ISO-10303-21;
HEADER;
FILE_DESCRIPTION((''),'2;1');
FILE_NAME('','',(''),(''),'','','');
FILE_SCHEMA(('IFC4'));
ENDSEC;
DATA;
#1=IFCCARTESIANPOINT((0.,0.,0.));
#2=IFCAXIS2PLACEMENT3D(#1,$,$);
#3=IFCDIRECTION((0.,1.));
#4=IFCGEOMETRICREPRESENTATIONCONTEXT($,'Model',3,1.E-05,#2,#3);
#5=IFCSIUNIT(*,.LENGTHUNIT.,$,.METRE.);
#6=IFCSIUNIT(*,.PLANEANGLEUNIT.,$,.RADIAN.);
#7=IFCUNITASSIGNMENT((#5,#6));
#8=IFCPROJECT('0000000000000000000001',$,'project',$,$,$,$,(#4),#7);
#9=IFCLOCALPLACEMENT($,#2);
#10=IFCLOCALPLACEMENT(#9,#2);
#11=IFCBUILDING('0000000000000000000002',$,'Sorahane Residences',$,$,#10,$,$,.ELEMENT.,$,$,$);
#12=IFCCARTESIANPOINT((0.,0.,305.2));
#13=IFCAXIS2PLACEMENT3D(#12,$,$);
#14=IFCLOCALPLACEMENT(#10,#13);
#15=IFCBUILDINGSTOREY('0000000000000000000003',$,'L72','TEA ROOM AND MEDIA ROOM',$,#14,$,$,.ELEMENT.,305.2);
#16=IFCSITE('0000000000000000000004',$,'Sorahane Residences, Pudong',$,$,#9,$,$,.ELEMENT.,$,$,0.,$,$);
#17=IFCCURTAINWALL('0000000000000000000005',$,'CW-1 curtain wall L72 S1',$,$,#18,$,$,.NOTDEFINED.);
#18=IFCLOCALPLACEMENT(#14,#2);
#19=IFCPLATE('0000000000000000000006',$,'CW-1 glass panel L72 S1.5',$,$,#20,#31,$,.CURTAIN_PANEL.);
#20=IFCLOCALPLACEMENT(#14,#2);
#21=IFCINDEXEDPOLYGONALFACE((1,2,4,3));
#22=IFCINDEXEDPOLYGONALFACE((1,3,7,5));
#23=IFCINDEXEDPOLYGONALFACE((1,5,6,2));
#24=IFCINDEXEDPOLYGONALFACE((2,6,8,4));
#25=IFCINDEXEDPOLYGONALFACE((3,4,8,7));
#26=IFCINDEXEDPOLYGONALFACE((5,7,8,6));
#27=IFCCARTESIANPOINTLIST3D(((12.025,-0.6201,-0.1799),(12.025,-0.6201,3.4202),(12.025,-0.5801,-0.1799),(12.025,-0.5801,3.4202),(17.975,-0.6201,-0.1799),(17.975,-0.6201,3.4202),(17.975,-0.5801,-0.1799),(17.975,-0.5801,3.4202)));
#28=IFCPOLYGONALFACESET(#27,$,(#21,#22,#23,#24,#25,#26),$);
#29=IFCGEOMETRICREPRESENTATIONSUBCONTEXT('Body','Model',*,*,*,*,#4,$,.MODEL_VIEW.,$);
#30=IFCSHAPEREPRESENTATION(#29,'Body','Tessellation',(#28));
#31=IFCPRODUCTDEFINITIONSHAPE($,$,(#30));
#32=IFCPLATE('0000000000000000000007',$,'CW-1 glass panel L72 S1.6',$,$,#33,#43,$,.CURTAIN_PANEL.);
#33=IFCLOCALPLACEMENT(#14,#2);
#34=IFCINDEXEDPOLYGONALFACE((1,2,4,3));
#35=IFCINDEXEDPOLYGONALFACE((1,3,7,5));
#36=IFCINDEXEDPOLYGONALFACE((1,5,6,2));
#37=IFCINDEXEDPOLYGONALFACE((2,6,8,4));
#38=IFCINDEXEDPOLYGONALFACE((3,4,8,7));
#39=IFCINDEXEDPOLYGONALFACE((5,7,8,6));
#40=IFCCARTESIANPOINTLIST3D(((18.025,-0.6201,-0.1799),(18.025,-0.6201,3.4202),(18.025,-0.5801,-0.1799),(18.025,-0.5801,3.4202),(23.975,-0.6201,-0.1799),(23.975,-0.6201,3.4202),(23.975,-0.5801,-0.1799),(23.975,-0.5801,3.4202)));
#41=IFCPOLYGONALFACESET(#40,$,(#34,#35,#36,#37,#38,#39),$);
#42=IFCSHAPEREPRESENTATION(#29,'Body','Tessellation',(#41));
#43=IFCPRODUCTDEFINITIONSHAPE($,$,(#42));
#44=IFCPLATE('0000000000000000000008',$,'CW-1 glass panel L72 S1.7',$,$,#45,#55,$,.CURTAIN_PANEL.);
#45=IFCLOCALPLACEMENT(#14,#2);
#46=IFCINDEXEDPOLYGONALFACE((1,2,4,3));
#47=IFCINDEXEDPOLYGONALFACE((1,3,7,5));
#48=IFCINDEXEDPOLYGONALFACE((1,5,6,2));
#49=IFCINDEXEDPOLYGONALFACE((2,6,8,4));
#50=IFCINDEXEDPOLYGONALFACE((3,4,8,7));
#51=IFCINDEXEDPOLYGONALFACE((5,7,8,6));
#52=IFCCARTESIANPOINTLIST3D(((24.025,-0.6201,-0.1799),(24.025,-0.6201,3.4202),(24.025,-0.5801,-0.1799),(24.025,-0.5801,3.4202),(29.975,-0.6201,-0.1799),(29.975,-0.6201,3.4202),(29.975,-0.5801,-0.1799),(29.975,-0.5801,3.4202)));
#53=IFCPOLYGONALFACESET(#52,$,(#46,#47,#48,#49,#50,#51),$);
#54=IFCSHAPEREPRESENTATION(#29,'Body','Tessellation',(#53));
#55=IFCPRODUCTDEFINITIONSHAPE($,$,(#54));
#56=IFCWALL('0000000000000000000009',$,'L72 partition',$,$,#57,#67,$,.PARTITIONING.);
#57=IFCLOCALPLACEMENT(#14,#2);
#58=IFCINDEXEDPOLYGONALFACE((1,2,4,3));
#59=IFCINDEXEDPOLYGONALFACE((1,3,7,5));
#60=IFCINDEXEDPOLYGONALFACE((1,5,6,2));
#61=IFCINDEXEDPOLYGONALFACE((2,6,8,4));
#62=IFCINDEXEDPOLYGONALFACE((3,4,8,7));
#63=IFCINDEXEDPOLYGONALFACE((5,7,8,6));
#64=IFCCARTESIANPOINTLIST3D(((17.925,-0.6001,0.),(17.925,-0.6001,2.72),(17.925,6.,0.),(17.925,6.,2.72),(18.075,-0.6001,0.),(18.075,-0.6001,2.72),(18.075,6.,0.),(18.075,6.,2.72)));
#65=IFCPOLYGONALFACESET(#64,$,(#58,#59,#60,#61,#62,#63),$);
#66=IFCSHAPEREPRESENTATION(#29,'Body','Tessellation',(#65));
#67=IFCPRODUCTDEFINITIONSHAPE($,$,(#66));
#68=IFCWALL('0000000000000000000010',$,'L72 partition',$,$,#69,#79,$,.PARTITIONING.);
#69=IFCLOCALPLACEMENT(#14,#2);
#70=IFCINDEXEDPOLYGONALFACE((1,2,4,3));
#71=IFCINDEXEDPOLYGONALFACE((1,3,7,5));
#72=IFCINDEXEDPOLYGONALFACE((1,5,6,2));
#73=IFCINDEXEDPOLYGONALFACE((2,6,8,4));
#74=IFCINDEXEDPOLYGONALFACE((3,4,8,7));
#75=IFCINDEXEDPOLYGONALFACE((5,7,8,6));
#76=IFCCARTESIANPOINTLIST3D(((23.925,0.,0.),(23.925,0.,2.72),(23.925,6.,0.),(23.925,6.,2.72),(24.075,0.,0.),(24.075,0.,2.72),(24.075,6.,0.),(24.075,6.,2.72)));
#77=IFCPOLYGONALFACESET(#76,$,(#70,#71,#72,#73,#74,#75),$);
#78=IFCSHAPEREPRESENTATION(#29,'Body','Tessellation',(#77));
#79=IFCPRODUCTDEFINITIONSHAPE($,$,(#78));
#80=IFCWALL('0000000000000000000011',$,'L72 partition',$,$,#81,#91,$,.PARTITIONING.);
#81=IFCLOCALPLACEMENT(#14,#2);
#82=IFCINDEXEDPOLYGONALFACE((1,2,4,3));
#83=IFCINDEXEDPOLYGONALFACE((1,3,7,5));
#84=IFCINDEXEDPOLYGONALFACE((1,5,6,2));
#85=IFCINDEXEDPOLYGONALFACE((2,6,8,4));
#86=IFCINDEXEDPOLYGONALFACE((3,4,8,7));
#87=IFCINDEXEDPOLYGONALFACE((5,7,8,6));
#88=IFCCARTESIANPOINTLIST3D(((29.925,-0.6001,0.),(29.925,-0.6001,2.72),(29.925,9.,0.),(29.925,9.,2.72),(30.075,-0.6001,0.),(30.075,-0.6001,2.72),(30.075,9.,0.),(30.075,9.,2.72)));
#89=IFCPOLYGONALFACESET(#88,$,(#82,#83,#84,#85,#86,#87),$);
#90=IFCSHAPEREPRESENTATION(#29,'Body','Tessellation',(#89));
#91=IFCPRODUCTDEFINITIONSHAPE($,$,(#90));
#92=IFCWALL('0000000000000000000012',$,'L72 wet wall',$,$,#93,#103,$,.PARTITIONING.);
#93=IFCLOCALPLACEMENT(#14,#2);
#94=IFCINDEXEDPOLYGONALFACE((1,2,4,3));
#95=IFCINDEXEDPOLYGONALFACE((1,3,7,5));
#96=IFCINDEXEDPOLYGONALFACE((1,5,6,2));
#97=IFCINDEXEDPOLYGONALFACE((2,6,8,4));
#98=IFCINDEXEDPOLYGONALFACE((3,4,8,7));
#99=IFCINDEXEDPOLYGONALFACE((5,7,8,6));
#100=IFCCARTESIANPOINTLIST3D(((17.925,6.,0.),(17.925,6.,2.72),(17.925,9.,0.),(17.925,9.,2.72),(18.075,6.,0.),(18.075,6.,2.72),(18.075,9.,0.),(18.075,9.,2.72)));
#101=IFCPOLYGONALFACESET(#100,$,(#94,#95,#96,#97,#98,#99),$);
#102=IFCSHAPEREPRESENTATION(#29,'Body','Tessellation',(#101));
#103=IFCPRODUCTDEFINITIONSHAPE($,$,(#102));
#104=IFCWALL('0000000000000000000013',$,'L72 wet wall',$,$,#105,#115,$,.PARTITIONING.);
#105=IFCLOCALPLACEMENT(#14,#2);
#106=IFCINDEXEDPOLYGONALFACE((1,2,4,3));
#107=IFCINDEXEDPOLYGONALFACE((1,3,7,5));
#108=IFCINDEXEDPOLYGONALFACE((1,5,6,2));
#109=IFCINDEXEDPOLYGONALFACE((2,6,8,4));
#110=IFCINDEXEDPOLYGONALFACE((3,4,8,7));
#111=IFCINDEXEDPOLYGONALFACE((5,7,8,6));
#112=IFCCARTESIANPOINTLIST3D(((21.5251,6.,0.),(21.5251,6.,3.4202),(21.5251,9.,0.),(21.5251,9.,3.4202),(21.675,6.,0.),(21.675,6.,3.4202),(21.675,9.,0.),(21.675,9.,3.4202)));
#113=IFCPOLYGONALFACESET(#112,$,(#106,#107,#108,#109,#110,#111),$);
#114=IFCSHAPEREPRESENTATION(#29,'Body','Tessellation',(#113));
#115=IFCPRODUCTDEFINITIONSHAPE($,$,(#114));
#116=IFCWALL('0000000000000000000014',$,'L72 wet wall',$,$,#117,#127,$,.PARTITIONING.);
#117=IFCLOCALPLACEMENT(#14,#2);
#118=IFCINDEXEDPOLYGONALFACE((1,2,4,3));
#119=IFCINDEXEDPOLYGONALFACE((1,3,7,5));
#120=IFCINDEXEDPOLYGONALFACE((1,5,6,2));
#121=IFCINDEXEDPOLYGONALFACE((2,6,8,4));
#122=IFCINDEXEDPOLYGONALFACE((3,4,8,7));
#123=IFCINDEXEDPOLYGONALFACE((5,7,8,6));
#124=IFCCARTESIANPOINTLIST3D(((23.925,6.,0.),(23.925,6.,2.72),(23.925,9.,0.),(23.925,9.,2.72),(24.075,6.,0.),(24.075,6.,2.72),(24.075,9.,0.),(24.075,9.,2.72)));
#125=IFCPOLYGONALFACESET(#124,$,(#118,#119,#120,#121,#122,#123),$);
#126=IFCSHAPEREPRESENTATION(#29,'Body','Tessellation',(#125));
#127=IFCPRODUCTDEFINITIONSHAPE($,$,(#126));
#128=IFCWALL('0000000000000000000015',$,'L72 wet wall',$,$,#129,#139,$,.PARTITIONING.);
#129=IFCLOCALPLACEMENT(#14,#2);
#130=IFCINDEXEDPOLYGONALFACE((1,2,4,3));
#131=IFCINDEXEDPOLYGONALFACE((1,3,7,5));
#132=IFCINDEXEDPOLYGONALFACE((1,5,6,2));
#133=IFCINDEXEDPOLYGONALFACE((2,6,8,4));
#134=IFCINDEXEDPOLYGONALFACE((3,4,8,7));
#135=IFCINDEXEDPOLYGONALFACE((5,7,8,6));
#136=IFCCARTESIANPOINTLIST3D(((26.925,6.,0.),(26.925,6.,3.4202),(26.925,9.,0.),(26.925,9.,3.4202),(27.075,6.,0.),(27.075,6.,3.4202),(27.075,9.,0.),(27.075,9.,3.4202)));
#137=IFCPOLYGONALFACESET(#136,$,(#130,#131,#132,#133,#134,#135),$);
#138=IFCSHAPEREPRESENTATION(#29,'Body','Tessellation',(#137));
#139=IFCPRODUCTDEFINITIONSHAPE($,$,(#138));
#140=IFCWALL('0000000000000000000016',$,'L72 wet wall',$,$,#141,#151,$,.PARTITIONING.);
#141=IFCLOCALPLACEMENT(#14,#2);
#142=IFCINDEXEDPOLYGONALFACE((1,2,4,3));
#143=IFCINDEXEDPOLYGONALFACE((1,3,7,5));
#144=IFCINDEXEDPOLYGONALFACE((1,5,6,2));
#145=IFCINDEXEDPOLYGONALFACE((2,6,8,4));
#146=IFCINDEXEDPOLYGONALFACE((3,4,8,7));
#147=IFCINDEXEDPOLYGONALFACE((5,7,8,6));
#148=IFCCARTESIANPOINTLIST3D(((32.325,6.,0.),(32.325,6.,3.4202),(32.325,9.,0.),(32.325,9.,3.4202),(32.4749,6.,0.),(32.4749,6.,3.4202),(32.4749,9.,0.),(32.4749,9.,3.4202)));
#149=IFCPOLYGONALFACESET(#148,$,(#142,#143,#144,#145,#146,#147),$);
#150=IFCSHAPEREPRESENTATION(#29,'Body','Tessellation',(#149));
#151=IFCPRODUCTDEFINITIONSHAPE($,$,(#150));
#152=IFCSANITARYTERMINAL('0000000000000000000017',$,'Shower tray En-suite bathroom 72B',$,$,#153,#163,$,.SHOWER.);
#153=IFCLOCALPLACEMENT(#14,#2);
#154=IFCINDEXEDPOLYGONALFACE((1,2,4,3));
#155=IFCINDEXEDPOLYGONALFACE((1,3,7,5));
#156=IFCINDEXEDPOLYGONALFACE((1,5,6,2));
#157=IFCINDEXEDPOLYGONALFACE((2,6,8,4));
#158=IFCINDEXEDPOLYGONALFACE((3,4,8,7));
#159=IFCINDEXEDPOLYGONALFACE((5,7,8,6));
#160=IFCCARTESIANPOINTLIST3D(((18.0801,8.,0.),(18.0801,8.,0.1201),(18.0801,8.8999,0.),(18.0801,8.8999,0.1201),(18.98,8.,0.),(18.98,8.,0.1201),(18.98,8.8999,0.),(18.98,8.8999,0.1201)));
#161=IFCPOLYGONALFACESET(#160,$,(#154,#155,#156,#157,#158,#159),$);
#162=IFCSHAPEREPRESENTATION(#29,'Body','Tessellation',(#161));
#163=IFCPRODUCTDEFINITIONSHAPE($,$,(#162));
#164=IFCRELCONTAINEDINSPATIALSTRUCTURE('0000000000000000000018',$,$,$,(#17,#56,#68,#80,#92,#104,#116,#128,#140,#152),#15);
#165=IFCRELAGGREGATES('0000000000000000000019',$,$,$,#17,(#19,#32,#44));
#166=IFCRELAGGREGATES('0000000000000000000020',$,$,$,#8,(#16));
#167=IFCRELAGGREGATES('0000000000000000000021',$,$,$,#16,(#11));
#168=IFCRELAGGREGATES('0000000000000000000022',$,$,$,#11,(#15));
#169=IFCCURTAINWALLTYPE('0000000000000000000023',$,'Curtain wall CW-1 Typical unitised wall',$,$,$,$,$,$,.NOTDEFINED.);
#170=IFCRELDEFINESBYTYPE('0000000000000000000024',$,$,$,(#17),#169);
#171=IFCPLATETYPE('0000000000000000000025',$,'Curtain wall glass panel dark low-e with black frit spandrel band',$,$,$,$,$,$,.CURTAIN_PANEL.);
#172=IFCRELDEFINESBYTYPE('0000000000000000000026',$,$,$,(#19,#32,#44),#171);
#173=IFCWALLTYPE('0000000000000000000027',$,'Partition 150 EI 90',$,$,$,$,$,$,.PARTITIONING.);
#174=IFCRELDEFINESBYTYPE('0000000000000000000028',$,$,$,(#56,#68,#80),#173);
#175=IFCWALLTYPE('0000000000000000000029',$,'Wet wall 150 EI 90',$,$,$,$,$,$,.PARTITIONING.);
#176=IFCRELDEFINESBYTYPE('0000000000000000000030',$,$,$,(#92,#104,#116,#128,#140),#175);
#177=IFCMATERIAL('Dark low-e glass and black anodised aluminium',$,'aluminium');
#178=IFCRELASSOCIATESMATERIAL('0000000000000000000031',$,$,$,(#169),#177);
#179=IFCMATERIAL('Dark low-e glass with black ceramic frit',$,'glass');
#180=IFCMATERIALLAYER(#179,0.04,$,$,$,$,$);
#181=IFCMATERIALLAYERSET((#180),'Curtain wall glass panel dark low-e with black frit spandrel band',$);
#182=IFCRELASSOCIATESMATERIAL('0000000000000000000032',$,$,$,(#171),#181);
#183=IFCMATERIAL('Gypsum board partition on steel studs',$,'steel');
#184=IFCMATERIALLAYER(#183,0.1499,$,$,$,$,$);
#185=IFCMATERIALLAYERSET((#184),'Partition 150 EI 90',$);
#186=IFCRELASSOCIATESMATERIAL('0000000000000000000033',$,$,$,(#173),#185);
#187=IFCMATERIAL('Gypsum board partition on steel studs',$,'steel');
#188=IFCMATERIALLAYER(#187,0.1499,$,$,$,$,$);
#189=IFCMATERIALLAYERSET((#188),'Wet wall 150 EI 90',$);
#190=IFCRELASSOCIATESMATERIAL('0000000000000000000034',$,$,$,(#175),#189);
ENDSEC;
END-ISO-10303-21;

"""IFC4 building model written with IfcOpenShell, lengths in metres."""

from ifc_helpers import new_model, si_unit, direction, frame, frame_2d, origin, origin_2d, place, context, subcontext, project, spatial, rectangle, extrude, material, layer, layer_set, type_object, element, aggregate, save


model = new_model("IFC4")

# Units and contexts
model_context = context("Model", 3, precision=1e-05, world=origin(), true_north=direction((0.0, 1.0)))
body_context = subcontext(model_context, "Body", "Model", "MODEL_VIEW")
ifc_project = project(units=[si_unit("LENGTHUNIT", "METRE"), si_unit("PLANEANGLEUNIT", "RADIAN")], contexts=[model_context])

# Site, building, storey
site_placement = place(None, origin())
site = spatial("IfcSite", under=ifc_project, at=site_placement, Name="Sorahane Residences, Pudong", CompositionType="ELEMENT", RefElevation=0.0)
building_placement = place(site_placement, origin())
building = spatial("IfcBuilding", under=site, at=building_placement, Name="Sorahane Residences", CompositionType="ELEMENT")
storey_placement = place(building_placement, frame((0.0, 0.0, 305.2)))
storey = spatial("IfcBuildingStorey", under=building, at=storey_placement, Name="L72", Description="TEA ROOM AND MEDIA ROOM", CompositionType="ELEMENT", Elevation=305.2)

# Curtain wall
ifc_material_1 = material(Name="Dark low-e glass and black anodised aluminium", Category="aluminium")
curtain_wall_type = type_object("IfcCurtainWallType", Name="Curtain wall CW-1 Typical unitised wall", PredefinedType="NOTDEFINED", material=ifc_material_1)
curtain_wall_placement = place(storey_placement, origin())
curtain_wall = element("IfcCurtainWall", 1, at=curtain_wall_placement, inside=storey, type_object=curtain_wall_type, Name="CW-1 curtain wall L72 S1", PredefinedType="NOTDEFINED")

# Plates
ifc_material_2 = material(Name="Dark low-e glass with black ceramic frit", Category="glass")
ifc_layer_1 = layer(ifc_material_2, 0.04)
ifc_layer_set_1 = layer_set([ifc_layer_1], Name="Curtain wall glass panel dark low-e with black frit spandrel band")
plate_type = type_object("IfcPlateType", Name="Curtain wall glass panel dark low-e with black frit spandrel band", PredefinedType="CURTAIN_PANEL", material=ifc_layer_set_1)
plate_1_placement = place(storey_placement, frame((15.0, -0.6001, -0.1799), z_axis=(0.0, 0.0, 1.0), x_axis=(1.0, 0.0, 0.0)))
plate_1 = element("IfcPlate", 2, at=plate_1_placement, type_object=plate_type, Name="CW-1 glass panel L72 S1.5", PredefinedType="CURTAIN_PANEL", context=body_context, shape_type="SweptSolid", body=[
    extrude(rectangle(XDim=5.95, YDim=0.04, at=origin_2d()), origin(), (0.0, 0.0, 1.0), 3.6001),
])
plate_2_placement = place(storey_placement, frame((21.0, -0.6001, -0.1799), z_axis=(0.0, 0.0, 1.0), x_axis=(1.0, 0.0, 0.0)))
plate_2 = element("IfcPlate", 3, at=plate_2_placement, type_object=plate_type, Name="CW-1 glass panel L72 S1.6", PredefinedType="CURTAIN_PANEL", context=body_context, shape_type="SweptSolid", body=[
    extrude(rectangle(XDim=5.95, YDim=0.04, at=origin_2d()), origin(), (0.0, 0.0, 1.0), 3.6001),
])
plate_3_placement = place(storey_placement, frame((27.0, -0.6001, -0.1799), z_axis=(0.0, 0.0, 1.0), x_axis=(1.0, 0.0, 0.0)))
plate_3 = element("IfcPlate", 4, at=plate_3_placement, type_object=plate_type, Name="CW-1 glass panel L72 S1.7", PredefinedType="CURTAIN_PANEL", context=body_context, shape_type="SweptSolid", body=[
    extrude(rectangle(XDim=5.95, YDim=0.04, at=origin_2d()), origin(), (0.0, 0.0, 1.0), 3.6001),
])
aggregate(curtain_wall, [plate_1, plate_2, plate_3])

# Walls
ifc_material_3 = material(Name="Gypsum board partition on steel studs", Category="steel")
ifc_layer_2 = layer(ifc_material_3, 0.1499)
ifc_layer_set_2 = layer_set([ifc_layer_2], Name="Partition 150 EI 90")
wall_type_1 = type_object("IfcWallType", Name="Partition 150 EI 90", PredefinedType="PARTITIONING", material=ifc_layer_set_2)
wall_1_placement = place(storey_placement, frame((18.0, -0.6001, 0.0), z_axis=(0.0, 0.0, 1.0), x_axis=(0.0, 1.0, 0.0)))
element("IfcWall", 5, at=wall_1_placement, inside=storey, type_object=wall_type_1, Name="L72 partition", PredefinedType="PARTITIONING", context=body_context, shape_type="SweptSolid", body=[
    extrude(rectangle(XDim=6.6001, YDim=0.1499, at=frame_2d((3.3, 0.0))), origin(), (0.0, 0.0, 1.0), 2.72),
])
wall_2_placement = place(storey_placement, frame((24.0, 0.0, 0.0), z_axis=(0.0, 0.0, 1.0), x_axis=(0.0, 1.0, 0.0)))
element("IfcWall", 6, at=wall_2_placement, inside=storey, type_object=wall_type_1, Name="L72 partition", PredefinedType="PARTITIONING", context=body_context, shape_type="SweptSolid", body=[
    extrude(rectangle(XDim=6.0, YDim=0.1499, at=frame_2d((3.0, 0.0))), origin(), (0.0, 0.0, 1.0), 2.72),
])
wall_3_placement = place(storey_placement, frame((30.0, -0.6001, 0.0), z_axis=(0.0, 0.0, 1.0), x_axis=(0.0, 1.0, 0.0)))
element("IfcWall", 7, at=wall_3_placement, inside=storey, type_object=wall_type_1, Name="L72 partition", PredefinedType="PARTITIONING", context=body_context, shape_type="SweptSolid", body=[
    extrude(rectangle(XDim=9.6001, YDim=0.1499, at=frame_2d((4.8, 0.0))), origin(), (0.0, 0.0, 1.0), 2.72),
])

# Walls
ifc_material_4 = material(Name="Gypsum board partition on steel studs", Category="steel")
ifc_layer_3 = layer(ifc_material_4, 0.1499)
ifc_layer_set_3 = layer_set([ifc_layer_3], Name="Wet wall 150 EI 90")
wall_type_2 = type_object("IfcWallType", Name="Wet wall 150 EI 90", PredefinedType="PARTITIONING", material=ifc_layer_set_3)
wall_4_placement = place(storey_placement, frame((18.0, 6.0, 0.0), z_axis=(0.0, 0.0, 1.0), x_axis=(0.0, 1.0, 0.0)))
element("IfcWall", 8, at=wall_4_placement, inside=storey, type_object=wall_type_2, Name="L72 wet wall", PredefinedType="PARTITIONING", context=body_context, shape_type="SweptSolid", body=[
    extrude(rectangle(XDim=3.0, YDim=0.1499, at=frame_2d((1.5, 0.0))), origin(), (0.0, 0.0, 1.0), 2.72),
])
wall_5_placement = place(storey_placement, frame((21.6001, 6.0, 0.0), z_axis=(0.0, 0.0, 1.0), x_axis=(0.0, 1.0, 0.0)))
element("IfcWall", 9, at=wall_5_placement, inside=storey, type_object=wall_type_2, Name="L72 wet wall", PredefinedType="PARTITIONING", context=body_context, shape_type="SweptSolid", body=[
    extrude(rectangle(XDim=3.0, YDim=0.1499, at=frame_2d((1.5, 0.0))), origin(), (0.0, 0.0, 1.0), 3.4202),
])
wall_6_placement = place(storey_placement, frame((24.0, 6.0, 0.0), z_axis=(0.0, 0.0, 1.0), x_axis=(0.0, 1.0, 0.0)))
element("IfcWall", 10, at=wall_6_placement, inside=storey, type_object=wall_type_2, Name="L72 wet wall", PredefinedType="PARTITIONING", context=body_context, shape_type="SweptSolid", body=[
    extrude(rectangle(XDim=3.0, YDim=0.1499, at=frame_2d((1.5, 0.0))), origin(), (0.0, 0.0, 1.0), 2.72),
])
for number, where, z_axis, x_axis, name in (
    (11, (27.0, 6.0, 0.0), (0.0, 0.0, 1.0), (0.0, 1.0, 0.0), "L72 wet wall"),
    (12, (32.3999, 6.0, 0.0), (0.0, 0.0, 1.0), (0.0, 1.0, 0.0), "L72 wet wall"),
):
    element("IfcWall", number, at=place(storey_placement, frame(where, z_axis=z_axis, x_axis=x_axis)), inside=storey, type_object=wall_type_2, Name=name, PredefinedType="PARTITIONING", context=body_context, shape_type="SweptSolid", body=[
        extrude(rectangle(XDim=3.0, YDim=0.1499, at=frame_2d((1.5, 0.0))), origin(), (0.0, 0.0, 1.0), 3.4202),
    ])

# Sanitary terminal
sanitary_terminal_placement = place(storey_placement, frame((18.53, 8.45, 0.0), z_axis=(0.0, 0.0, 1.0), x_axis=(1.0, 0.0, 0.0)))
element("IfcSanitaryTerminal", 13, at=sanitary_terminal_placement, inside=storey, Name="Shower tray En-suite bathroom 72B", PredefinedType="SHOWER", context=body_context, shape_type="SweptSolid", body=[
    extrude(rectangle(XDim=0.8999, YDim=0.8999, at=origin_2d()), origin(), (0.0, 0.0, 1.0), 0.1201),
])

save(model, "model.ifc")
